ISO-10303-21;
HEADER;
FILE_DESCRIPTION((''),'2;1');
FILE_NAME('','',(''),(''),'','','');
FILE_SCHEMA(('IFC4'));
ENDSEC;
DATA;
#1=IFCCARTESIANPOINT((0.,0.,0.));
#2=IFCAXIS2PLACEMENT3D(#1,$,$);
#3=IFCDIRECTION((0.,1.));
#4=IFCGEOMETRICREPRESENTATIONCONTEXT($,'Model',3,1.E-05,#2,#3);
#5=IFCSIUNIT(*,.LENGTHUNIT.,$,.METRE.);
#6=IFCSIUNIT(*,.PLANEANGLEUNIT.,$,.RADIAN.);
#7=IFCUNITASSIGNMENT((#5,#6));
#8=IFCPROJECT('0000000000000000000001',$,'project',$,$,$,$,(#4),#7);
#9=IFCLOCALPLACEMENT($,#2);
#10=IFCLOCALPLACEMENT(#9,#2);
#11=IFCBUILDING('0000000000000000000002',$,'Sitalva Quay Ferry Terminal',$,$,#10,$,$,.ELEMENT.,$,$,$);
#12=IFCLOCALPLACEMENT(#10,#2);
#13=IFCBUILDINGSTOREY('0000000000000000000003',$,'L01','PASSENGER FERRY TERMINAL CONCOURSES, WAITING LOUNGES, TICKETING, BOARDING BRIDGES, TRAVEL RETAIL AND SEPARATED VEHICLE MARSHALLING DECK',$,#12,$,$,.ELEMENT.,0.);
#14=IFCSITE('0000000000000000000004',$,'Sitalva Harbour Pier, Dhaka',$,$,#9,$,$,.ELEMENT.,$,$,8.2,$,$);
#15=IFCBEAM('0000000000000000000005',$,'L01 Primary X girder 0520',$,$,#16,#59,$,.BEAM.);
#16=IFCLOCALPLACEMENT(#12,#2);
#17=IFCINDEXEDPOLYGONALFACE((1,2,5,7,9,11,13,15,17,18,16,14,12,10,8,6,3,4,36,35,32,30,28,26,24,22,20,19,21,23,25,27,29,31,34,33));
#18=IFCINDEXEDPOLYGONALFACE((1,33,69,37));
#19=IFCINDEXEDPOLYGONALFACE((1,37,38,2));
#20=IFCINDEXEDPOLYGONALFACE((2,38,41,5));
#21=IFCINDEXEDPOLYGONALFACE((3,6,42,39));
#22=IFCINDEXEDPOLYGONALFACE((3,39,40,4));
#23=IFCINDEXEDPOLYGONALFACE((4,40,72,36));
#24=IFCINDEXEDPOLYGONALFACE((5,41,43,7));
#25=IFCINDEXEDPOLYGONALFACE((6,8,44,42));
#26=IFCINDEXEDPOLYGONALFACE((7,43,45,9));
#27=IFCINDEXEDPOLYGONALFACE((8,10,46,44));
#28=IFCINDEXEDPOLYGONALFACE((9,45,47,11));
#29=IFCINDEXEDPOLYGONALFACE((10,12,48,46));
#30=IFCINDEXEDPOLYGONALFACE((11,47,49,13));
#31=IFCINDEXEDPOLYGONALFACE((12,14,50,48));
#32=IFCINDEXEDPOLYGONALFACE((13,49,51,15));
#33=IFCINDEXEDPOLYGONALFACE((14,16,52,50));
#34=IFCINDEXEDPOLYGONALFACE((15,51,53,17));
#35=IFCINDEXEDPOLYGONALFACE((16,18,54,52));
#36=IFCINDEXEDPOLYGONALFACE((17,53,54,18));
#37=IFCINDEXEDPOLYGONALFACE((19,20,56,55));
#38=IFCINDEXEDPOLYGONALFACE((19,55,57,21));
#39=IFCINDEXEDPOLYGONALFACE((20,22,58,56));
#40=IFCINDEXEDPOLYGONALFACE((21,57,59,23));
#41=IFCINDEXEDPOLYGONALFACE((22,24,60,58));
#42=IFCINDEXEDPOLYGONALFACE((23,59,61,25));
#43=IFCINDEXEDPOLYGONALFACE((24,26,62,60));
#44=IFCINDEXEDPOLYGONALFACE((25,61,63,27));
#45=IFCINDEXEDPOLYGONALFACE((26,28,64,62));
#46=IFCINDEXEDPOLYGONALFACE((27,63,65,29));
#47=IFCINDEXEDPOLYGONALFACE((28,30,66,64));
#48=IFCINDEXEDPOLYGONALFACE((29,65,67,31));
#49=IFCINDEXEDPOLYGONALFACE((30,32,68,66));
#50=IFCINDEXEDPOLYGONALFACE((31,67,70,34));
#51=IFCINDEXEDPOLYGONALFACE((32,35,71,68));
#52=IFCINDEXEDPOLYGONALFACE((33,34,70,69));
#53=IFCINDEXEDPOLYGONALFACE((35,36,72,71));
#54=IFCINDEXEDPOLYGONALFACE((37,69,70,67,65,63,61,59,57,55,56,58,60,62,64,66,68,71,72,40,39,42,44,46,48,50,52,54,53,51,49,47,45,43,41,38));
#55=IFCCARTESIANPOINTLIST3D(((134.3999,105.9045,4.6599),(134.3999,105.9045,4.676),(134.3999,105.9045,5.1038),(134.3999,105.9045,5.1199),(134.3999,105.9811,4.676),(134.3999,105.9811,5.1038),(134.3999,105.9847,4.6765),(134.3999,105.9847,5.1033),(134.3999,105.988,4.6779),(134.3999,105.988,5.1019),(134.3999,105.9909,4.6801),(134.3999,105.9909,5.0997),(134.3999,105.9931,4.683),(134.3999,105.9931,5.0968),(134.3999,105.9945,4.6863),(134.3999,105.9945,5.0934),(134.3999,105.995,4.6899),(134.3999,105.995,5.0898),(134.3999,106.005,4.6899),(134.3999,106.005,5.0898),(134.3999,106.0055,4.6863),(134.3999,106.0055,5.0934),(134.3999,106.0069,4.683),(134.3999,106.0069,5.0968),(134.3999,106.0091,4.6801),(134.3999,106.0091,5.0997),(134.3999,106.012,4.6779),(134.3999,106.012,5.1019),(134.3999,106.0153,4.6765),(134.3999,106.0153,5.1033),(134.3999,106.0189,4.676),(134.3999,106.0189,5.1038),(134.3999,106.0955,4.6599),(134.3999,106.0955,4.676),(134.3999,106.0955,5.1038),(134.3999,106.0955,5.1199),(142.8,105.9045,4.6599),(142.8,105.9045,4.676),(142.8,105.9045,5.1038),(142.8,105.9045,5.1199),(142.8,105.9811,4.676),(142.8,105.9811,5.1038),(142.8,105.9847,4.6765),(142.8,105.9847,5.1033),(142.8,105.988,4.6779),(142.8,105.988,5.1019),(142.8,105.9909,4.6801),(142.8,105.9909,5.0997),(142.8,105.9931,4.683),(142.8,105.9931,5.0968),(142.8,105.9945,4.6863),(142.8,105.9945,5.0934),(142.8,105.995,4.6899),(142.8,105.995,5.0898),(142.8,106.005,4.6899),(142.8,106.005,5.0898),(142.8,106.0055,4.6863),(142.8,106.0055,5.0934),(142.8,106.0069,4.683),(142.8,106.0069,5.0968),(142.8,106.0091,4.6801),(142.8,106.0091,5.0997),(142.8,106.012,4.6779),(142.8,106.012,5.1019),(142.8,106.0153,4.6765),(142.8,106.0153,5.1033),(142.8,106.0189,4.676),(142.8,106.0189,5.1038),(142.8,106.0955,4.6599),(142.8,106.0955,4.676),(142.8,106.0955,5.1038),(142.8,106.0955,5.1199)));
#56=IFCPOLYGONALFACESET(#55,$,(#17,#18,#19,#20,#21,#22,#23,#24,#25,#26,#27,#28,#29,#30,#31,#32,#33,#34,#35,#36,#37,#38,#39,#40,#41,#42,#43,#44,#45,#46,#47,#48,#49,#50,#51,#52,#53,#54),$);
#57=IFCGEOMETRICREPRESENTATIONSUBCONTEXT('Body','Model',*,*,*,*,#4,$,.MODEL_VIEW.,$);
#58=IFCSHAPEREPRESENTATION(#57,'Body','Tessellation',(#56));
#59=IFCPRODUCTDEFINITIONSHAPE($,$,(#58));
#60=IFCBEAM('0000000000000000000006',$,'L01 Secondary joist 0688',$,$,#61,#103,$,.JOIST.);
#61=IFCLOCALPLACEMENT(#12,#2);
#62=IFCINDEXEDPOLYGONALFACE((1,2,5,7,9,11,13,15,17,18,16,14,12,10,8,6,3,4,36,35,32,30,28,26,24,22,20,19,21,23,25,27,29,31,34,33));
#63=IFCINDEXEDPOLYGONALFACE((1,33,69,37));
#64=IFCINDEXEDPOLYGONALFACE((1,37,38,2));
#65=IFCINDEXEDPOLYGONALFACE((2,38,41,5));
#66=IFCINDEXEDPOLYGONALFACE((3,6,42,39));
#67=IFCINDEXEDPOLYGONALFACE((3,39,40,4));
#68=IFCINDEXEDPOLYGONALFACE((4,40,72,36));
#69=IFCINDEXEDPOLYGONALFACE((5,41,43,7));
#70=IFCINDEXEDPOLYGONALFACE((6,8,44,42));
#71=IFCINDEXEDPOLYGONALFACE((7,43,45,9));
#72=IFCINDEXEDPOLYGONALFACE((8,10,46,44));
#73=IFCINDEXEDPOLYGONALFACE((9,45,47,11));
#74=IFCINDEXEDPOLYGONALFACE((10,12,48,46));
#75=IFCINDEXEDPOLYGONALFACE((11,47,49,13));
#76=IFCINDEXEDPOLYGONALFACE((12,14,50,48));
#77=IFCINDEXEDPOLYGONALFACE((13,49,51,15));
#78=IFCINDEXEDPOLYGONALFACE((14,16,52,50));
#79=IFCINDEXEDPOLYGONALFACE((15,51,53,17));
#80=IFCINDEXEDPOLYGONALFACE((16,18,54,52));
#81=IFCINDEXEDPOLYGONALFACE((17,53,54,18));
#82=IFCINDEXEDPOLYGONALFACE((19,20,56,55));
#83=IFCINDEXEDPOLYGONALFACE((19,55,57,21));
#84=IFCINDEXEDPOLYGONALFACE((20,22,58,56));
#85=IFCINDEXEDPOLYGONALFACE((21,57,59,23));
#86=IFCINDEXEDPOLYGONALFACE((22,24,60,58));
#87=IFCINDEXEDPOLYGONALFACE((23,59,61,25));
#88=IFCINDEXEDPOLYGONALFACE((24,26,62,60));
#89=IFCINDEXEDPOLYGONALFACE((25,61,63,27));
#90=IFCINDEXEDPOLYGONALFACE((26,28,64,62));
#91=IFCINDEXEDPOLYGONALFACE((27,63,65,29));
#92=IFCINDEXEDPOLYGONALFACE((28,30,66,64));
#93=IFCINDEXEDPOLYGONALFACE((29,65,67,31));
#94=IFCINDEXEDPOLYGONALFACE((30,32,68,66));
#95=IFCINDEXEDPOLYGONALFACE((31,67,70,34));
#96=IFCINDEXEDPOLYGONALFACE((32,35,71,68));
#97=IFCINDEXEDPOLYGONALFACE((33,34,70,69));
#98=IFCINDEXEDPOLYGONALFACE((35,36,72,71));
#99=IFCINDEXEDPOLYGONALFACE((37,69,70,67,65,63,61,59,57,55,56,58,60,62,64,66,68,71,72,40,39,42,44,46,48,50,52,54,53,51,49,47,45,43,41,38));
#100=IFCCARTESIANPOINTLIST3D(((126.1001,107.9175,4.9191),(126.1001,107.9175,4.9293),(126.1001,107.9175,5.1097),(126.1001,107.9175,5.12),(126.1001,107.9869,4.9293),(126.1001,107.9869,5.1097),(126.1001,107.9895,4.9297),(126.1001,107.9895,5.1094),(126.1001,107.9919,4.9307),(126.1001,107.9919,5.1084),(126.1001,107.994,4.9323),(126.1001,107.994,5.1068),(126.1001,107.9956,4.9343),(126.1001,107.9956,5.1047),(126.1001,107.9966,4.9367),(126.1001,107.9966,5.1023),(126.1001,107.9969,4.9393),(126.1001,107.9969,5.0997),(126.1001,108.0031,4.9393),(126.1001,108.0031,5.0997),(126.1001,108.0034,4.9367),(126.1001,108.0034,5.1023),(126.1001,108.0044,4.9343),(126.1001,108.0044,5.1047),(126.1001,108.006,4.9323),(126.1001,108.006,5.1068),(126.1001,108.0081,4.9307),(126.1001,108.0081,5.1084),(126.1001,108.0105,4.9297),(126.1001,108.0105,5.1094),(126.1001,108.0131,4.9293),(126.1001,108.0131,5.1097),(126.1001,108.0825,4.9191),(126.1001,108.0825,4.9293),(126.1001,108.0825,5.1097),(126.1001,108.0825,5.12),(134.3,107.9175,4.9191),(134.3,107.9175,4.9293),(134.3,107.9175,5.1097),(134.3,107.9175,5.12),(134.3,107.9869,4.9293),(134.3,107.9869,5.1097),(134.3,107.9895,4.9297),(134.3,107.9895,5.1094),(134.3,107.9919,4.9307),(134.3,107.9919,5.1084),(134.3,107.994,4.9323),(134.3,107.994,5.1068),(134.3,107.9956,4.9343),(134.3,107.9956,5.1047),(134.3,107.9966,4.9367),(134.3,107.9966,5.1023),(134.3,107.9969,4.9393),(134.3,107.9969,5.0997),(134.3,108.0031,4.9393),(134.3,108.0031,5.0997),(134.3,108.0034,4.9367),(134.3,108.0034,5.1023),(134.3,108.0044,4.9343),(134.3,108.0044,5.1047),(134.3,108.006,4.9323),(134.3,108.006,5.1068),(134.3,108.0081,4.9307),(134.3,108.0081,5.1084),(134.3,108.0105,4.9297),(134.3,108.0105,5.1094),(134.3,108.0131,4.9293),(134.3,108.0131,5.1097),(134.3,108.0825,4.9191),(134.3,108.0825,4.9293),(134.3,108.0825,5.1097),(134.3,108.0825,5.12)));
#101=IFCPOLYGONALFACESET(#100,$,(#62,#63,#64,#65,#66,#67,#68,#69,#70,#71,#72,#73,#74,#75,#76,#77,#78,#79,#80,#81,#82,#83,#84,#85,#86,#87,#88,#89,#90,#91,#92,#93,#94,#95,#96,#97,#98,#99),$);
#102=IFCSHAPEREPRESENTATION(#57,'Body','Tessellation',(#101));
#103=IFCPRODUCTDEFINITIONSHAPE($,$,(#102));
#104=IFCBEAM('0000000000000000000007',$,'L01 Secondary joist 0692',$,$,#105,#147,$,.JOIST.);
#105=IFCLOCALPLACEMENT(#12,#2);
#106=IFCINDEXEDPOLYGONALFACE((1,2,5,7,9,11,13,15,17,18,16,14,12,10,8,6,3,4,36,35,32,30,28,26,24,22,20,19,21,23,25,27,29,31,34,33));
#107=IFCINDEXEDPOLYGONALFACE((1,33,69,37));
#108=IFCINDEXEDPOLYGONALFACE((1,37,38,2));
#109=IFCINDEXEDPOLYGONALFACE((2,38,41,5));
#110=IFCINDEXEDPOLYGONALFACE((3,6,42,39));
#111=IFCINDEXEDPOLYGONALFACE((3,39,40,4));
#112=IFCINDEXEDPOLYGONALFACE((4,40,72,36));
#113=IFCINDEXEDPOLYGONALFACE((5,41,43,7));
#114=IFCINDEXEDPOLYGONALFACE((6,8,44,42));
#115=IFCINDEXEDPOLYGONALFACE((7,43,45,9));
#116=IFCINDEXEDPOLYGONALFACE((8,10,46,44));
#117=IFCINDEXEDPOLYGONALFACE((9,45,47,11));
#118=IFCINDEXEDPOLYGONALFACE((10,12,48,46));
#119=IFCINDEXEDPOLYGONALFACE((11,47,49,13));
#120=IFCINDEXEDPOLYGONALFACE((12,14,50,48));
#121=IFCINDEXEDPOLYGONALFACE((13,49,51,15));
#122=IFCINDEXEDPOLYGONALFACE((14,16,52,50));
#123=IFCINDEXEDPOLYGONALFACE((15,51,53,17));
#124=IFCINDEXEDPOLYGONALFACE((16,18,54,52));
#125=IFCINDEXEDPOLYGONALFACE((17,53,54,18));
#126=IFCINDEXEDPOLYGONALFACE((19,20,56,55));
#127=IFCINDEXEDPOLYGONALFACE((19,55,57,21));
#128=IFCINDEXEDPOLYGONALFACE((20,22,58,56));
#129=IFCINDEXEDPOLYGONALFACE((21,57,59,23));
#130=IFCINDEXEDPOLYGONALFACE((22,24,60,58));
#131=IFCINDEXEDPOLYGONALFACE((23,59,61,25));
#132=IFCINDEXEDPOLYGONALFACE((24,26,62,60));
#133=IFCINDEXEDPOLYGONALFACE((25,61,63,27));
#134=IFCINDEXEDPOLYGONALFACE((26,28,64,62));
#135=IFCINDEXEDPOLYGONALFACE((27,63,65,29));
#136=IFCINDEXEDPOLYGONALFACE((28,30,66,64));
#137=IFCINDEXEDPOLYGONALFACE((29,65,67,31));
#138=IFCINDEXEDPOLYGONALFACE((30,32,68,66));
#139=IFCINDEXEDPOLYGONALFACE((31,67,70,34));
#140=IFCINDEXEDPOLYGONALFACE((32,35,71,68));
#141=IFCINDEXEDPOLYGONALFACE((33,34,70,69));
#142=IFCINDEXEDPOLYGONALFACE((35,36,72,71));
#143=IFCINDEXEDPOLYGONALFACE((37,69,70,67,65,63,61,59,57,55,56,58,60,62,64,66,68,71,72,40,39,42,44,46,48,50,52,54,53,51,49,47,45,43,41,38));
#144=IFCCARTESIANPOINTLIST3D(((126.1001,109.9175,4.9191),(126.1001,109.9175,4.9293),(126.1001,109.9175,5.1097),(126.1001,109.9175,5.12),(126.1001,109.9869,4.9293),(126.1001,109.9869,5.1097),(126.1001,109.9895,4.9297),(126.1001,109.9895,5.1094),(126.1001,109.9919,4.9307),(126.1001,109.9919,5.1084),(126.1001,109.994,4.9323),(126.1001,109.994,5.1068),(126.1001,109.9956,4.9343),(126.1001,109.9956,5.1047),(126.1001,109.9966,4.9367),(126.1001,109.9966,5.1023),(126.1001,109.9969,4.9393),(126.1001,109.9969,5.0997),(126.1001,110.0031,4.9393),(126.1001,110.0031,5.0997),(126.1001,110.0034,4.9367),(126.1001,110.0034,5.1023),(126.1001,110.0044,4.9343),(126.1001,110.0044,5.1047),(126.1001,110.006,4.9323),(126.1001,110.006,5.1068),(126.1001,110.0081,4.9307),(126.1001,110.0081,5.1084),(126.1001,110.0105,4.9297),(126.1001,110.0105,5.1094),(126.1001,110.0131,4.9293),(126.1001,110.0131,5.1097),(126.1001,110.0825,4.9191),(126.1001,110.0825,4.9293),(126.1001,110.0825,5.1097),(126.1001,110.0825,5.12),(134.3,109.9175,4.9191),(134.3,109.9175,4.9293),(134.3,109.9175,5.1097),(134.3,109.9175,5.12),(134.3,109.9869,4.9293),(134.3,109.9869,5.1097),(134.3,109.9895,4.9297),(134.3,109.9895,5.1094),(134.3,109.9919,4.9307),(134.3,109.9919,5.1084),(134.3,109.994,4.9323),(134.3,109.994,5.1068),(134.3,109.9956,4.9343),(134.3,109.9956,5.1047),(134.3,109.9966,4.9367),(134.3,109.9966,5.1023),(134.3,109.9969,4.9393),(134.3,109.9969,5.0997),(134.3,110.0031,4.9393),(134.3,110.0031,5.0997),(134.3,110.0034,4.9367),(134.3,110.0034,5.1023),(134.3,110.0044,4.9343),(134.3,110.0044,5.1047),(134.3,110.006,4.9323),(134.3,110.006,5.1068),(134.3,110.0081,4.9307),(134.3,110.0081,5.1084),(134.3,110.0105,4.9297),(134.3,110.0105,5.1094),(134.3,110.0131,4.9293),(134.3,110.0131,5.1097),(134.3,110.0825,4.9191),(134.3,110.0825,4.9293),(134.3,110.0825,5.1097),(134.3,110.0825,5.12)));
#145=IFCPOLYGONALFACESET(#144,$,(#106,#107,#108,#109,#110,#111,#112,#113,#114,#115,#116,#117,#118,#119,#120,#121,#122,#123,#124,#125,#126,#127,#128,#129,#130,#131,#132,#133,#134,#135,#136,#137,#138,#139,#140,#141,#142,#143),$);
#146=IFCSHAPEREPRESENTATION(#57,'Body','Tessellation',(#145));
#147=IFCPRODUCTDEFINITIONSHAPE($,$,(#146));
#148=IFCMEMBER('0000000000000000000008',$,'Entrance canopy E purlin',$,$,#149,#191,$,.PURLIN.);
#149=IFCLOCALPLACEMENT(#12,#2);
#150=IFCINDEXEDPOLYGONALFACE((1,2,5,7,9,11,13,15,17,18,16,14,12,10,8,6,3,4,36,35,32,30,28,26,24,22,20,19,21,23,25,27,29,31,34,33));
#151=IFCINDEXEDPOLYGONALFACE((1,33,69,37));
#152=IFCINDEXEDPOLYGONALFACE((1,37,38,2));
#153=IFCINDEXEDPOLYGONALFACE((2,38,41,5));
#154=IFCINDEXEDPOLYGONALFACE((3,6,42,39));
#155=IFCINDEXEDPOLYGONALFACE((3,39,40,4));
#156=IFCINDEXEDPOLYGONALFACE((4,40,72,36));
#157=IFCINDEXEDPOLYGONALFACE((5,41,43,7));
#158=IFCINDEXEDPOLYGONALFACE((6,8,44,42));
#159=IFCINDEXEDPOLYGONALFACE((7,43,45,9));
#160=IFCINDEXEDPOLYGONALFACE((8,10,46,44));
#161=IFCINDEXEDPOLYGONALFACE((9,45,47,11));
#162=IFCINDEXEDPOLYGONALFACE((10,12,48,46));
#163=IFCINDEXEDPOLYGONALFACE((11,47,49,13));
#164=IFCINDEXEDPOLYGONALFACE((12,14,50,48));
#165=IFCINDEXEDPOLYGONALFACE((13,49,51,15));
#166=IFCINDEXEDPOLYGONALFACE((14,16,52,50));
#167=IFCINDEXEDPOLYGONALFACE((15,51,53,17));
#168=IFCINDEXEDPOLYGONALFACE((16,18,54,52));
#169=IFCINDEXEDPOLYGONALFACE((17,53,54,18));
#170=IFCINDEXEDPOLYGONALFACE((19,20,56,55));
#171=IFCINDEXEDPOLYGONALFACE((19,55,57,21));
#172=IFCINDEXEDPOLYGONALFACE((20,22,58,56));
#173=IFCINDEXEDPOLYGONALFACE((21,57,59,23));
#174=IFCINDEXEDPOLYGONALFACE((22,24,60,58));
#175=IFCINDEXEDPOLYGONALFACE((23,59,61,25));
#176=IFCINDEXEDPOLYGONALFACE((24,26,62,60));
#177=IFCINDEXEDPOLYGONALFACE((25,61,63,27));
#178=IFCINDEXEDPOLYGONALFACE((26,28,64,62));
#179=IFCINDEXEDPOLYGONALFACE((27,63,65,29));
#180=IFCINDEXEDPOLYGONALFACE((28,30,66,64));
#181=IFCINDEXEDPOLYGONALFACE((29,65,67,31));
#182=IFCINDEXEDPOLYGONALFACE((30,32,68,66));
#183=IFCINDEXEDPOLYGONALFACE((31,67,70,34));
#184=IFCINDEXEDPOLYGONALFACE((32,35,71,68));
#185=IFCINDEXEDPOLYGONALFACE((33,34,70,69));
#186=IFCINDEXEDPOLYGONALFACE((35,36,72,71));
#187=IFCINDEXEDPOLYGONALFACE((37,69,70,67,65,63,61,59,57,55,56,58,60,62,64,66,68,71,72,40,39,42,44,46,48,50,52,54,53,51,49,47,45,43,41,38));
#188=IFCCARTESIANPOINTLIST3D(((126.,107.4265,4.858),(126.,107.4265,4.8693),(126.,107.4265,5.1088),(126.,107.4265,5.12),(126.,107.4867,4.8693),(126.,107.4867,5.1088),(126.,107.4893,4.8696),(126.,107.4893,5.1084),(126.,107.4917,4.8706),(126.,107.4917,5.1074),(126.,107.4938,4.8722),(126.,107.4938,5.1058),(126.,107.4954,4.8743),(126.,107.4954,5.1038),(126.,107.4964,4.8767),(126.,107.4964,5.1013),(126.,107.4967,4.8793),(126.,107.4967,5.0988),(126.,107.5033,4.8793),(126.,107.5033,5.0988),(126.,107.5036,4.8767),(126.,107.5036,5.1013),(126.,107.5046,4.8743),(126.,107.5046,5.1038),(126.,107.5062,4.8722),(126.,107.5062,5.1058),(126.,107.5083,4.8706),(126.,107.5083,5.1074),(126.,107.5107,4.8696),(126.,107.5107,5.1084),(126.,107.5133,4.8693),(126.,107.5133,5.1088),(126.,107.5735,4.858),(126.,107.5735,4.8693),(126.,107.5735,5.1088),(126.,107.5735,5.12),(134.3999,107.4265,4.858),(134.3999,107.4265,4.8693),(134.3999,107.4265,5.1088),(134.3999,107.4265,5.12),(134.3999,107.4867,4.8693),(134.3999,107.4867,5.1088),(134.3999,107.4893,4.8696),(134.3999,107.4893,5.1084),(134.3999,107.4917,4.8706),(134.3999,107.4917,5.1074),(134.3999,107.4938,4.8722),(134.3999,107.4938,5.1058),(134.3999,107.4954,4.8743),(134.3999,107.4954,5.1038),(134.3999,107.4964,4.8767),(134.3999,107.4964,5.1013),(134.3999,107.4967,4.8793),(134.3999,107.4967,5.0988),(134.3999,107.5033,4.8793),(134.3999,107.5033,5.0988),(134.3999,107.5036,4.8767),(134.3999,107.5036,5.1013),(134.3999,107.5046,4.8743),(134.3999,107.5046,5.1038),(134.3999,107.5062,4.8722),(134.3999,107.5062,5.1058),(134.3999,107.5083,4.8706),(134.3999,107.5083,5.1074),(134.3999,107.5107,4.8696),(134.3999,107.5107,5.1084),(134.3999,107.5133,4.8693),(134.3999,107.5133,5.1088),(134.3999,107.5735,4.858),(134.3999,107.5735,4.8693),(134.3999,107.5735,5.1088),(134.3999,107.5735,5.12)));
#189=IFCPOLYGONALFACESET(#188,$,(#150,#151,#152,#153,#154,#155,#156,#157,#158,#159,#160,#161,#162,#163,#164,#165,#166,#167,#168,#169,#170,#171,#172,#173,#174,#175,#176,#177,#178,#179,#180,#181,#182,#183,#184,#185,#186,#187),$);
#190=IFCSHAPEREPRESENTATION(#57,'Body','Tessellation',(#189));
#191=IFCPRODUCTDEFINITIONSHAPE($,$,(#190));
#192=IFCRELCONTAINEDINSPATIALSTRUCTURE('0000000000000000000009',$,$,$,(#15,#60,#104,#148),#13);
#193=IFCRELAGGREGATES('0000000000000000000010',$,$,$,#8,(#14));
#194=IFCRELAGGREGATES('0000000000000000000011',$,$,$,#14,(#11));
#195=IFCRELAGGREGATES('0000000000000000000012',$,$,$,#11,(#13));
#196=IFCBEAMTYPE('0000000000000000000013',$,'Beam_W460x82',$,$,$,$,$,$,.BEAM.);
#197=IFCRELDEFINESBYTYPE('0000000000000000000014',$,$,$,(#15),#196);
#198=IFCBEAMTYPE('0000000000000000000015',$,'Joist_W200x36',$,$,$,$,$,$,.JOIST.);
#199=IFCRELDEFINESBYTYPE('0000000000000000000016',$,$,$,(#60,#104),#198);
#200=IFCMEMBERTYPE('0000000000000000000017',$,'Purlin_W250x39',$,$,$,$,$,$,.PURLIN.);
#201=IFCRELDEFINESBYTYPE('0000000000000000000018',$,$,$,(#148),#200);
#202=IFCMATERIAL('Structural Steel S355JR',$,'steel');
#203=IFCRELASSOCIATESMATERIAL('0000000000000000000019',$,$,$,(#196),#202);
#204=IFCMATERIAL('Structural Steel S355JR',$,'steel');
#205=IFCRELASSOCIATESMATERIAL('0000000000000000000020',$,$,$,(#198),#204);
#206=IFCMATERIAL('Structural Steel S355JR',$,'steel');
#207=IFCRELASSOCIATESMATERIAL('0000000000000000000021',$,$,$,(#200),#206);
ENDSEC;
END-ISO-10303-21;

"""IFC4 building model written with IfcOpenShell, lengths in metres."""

from ifc_helpers import new_model, si_unit, direction, frame, origin, origin_2d, place, context, subcontext, project, spatial, i_section, extrude, material, material_profile, profile_set, type_object, element, save


model = new_model("IFC4")

# Units and contexts
model_context = context("Model", 3, precision=1e-05, world=origin(), true_north=direction((0.0, 1.0)))
body_context = subcontext(model_context, "Body", "Model", "MODEL_VIEW")
ifc_project = project(units=[si_unit("LENGTHUNIT", "METRE"), si_unit("PLANEANGLEUNIT", "RADIAN")], contexts=[model_context])

# Site, building, storey
site_placement = place(None, origin())
site = spatial("IfcSite", under=ifc_project, at=site_placement, Name="Sitalva Harbour Pier, Dhaka", CompositionType="ELEMENT", RefElevation=8.2)
building_placement = place(site_placement, origin())
building = spatial("IfcBuilding", under=site, at=building_placement, Name="Sitalva Quay Ferry Terminal", CompositionType="ELEMENT")
storey_placement = place(building_placement, origin())
storey = spatial("IfcBuildingStorey", under=building, at=storey_placement, Name="L01", Description="PASSENGER FERRY TERMINAL CONCOURSES, WAITING LOUNGES, TICKETING, BOARDING BRIDGES, TRAVEL RETAIL AND SEPARATED VEHICLE MARSHALLING DECK", CompositionType="ELEMENT", Elevation=0.0)

# Beams
ifc_material_1 = material(Name="Structural Steel S355JR", Category="steel")
ifc_material_profile_1 = material_profile(ifc_material_1, i_section(OverallWidth=0.1909, OverallDepth=0.46, WebThickness=0.01, FlangeThickness=0.0161, FilletRadius=0.0139, at=origin_2d()), Name="W460x82")
ifc_profile_set_1 = profile_set([ifc_material_profile_1], Name="Structural Steel S355JR")
beam_type_1 = type_object("IfcBeamType", Name="Beam_W460x82", PredefinedType="BEAM", material=ifc_profile_set_1)
beam_1_placement = place(storey_placement, frame((134.3999, 106.0, 4.8899), z_axis=(1.0, 0.0, 0.0), x_axis=(0.0, 1.0, 0.0)))
element("IfcBeam", 1, at=beam_1_placement, inside=storey, type_object=beam_type_1, Name="L01 Primary X girder 0520", PredefinedType="BEAM", context=body_context, shape_type="SweptSolid", body=[
    extrude(i_section(OverallWidth=0.1909, OverallDepth=0.46, WebThickness=0.01, FlangeThickness=0.0161, FilletRadius=0.0139, at=origin_2d()), origin(), (0.0, 0.0, 1.0), 8.4001),
])
ifc_material_2 = material(Name="Structural Steel S355JR", Category="steel")
ifc_material_profile_2 = material_profile(ifc_material_2, i_section(OverallWidth=0.165, OverallDepth=0.2009, WebThickness=0.0061, FlangeThickness=0.0103, FilletRadius=0.01, at=origin_2d()), Name="W200x36")
ifc_profile_set_2 = profile_set([ifc_material_profile_2], Name="Structural Steel S355JR")
beam_type_2 = type_object("IfcBeamType", Name="Joist_W200x36", PredefinedType="JOIST", material=ifc_profile_set_2)
for number, where, z_axis, x_axis, name in (
    (2, (126.1001, 108.0, 5.0195), (1.0, 0.0, 0.0), (0.0, 1.0, 0.0), "L01 Secondary joist 0688"),
    (3, (126.1001, 110.0, 5.0195), (1.0, 0.0, 0.0), (0.0, 1.0, 0.0), "L01 Secondary joist 0692"),
):
    element("IfcBeam", number, at=place(storey_placement, frame(where, z_axis=z_axis, x_axis=x_axis)), inside=storey, type_object=beam_type_2, Name=name, PredefinedType="JOIST", context=body_context, shape_type="SweptSolid", body=[
        extrude(i_section(OverallWidth=0.165, OverallDepth=0.2009, WebThickness=0.0061, FlangeThickness=0.0103, FilletRadius=0.01, at=origin_2d()), origin(), (0.0, 0.0, 1.0), 8.2),
    ])

# Member
ifc_material_3 = material(Name="Structural Steel S355JR", Category="steel")
ifc_material_profile_3 = material_profile(ifc_material_3, i_section(OverallWidth=0.147, OverallDepth=0.262, WebThickness=0.0066, FlangeThickness=0.0112, FilletRadius=0.01, at=origin_2d()), Name="W250x39")
ifc_profile_set_3 = profile_set([ifc_material_profile_3], Name="Structural Steel S355JR")
member_type_1 = type_object("IfcMemberType", Name="Purlin_W250x39", PredefinedType="PURLIN", material=ifc_profile_set_3)
for number, where, z_axis, x_axis, name in (
    (4, (126.0, 107.5, 4.989), (1.0, 0.0, 0.0), (0.0, 1.0, 0.0), "Entrance canopy E purlin"),
):
    element("IfcMember", number, at=place(storey_placement, frame(where, z_axis=z_axis, x_axis=x_axis)), inside=storey, type_object=member_type_1, Name=name, PredefinedType="PURLIN", context=body_context, shape_type="SweptSolid", body=[
        extrude(i_section(OverallWidth=0.147, OverallDepth=0.262, WebThickness=0.0066, FlangeThickness=0.0112, FilletRadius=0.01, at=origin_2d()), origin(), (0.0, 0.0, 1.0), 8.3999),
    ])

save(model, "model.ifc")
